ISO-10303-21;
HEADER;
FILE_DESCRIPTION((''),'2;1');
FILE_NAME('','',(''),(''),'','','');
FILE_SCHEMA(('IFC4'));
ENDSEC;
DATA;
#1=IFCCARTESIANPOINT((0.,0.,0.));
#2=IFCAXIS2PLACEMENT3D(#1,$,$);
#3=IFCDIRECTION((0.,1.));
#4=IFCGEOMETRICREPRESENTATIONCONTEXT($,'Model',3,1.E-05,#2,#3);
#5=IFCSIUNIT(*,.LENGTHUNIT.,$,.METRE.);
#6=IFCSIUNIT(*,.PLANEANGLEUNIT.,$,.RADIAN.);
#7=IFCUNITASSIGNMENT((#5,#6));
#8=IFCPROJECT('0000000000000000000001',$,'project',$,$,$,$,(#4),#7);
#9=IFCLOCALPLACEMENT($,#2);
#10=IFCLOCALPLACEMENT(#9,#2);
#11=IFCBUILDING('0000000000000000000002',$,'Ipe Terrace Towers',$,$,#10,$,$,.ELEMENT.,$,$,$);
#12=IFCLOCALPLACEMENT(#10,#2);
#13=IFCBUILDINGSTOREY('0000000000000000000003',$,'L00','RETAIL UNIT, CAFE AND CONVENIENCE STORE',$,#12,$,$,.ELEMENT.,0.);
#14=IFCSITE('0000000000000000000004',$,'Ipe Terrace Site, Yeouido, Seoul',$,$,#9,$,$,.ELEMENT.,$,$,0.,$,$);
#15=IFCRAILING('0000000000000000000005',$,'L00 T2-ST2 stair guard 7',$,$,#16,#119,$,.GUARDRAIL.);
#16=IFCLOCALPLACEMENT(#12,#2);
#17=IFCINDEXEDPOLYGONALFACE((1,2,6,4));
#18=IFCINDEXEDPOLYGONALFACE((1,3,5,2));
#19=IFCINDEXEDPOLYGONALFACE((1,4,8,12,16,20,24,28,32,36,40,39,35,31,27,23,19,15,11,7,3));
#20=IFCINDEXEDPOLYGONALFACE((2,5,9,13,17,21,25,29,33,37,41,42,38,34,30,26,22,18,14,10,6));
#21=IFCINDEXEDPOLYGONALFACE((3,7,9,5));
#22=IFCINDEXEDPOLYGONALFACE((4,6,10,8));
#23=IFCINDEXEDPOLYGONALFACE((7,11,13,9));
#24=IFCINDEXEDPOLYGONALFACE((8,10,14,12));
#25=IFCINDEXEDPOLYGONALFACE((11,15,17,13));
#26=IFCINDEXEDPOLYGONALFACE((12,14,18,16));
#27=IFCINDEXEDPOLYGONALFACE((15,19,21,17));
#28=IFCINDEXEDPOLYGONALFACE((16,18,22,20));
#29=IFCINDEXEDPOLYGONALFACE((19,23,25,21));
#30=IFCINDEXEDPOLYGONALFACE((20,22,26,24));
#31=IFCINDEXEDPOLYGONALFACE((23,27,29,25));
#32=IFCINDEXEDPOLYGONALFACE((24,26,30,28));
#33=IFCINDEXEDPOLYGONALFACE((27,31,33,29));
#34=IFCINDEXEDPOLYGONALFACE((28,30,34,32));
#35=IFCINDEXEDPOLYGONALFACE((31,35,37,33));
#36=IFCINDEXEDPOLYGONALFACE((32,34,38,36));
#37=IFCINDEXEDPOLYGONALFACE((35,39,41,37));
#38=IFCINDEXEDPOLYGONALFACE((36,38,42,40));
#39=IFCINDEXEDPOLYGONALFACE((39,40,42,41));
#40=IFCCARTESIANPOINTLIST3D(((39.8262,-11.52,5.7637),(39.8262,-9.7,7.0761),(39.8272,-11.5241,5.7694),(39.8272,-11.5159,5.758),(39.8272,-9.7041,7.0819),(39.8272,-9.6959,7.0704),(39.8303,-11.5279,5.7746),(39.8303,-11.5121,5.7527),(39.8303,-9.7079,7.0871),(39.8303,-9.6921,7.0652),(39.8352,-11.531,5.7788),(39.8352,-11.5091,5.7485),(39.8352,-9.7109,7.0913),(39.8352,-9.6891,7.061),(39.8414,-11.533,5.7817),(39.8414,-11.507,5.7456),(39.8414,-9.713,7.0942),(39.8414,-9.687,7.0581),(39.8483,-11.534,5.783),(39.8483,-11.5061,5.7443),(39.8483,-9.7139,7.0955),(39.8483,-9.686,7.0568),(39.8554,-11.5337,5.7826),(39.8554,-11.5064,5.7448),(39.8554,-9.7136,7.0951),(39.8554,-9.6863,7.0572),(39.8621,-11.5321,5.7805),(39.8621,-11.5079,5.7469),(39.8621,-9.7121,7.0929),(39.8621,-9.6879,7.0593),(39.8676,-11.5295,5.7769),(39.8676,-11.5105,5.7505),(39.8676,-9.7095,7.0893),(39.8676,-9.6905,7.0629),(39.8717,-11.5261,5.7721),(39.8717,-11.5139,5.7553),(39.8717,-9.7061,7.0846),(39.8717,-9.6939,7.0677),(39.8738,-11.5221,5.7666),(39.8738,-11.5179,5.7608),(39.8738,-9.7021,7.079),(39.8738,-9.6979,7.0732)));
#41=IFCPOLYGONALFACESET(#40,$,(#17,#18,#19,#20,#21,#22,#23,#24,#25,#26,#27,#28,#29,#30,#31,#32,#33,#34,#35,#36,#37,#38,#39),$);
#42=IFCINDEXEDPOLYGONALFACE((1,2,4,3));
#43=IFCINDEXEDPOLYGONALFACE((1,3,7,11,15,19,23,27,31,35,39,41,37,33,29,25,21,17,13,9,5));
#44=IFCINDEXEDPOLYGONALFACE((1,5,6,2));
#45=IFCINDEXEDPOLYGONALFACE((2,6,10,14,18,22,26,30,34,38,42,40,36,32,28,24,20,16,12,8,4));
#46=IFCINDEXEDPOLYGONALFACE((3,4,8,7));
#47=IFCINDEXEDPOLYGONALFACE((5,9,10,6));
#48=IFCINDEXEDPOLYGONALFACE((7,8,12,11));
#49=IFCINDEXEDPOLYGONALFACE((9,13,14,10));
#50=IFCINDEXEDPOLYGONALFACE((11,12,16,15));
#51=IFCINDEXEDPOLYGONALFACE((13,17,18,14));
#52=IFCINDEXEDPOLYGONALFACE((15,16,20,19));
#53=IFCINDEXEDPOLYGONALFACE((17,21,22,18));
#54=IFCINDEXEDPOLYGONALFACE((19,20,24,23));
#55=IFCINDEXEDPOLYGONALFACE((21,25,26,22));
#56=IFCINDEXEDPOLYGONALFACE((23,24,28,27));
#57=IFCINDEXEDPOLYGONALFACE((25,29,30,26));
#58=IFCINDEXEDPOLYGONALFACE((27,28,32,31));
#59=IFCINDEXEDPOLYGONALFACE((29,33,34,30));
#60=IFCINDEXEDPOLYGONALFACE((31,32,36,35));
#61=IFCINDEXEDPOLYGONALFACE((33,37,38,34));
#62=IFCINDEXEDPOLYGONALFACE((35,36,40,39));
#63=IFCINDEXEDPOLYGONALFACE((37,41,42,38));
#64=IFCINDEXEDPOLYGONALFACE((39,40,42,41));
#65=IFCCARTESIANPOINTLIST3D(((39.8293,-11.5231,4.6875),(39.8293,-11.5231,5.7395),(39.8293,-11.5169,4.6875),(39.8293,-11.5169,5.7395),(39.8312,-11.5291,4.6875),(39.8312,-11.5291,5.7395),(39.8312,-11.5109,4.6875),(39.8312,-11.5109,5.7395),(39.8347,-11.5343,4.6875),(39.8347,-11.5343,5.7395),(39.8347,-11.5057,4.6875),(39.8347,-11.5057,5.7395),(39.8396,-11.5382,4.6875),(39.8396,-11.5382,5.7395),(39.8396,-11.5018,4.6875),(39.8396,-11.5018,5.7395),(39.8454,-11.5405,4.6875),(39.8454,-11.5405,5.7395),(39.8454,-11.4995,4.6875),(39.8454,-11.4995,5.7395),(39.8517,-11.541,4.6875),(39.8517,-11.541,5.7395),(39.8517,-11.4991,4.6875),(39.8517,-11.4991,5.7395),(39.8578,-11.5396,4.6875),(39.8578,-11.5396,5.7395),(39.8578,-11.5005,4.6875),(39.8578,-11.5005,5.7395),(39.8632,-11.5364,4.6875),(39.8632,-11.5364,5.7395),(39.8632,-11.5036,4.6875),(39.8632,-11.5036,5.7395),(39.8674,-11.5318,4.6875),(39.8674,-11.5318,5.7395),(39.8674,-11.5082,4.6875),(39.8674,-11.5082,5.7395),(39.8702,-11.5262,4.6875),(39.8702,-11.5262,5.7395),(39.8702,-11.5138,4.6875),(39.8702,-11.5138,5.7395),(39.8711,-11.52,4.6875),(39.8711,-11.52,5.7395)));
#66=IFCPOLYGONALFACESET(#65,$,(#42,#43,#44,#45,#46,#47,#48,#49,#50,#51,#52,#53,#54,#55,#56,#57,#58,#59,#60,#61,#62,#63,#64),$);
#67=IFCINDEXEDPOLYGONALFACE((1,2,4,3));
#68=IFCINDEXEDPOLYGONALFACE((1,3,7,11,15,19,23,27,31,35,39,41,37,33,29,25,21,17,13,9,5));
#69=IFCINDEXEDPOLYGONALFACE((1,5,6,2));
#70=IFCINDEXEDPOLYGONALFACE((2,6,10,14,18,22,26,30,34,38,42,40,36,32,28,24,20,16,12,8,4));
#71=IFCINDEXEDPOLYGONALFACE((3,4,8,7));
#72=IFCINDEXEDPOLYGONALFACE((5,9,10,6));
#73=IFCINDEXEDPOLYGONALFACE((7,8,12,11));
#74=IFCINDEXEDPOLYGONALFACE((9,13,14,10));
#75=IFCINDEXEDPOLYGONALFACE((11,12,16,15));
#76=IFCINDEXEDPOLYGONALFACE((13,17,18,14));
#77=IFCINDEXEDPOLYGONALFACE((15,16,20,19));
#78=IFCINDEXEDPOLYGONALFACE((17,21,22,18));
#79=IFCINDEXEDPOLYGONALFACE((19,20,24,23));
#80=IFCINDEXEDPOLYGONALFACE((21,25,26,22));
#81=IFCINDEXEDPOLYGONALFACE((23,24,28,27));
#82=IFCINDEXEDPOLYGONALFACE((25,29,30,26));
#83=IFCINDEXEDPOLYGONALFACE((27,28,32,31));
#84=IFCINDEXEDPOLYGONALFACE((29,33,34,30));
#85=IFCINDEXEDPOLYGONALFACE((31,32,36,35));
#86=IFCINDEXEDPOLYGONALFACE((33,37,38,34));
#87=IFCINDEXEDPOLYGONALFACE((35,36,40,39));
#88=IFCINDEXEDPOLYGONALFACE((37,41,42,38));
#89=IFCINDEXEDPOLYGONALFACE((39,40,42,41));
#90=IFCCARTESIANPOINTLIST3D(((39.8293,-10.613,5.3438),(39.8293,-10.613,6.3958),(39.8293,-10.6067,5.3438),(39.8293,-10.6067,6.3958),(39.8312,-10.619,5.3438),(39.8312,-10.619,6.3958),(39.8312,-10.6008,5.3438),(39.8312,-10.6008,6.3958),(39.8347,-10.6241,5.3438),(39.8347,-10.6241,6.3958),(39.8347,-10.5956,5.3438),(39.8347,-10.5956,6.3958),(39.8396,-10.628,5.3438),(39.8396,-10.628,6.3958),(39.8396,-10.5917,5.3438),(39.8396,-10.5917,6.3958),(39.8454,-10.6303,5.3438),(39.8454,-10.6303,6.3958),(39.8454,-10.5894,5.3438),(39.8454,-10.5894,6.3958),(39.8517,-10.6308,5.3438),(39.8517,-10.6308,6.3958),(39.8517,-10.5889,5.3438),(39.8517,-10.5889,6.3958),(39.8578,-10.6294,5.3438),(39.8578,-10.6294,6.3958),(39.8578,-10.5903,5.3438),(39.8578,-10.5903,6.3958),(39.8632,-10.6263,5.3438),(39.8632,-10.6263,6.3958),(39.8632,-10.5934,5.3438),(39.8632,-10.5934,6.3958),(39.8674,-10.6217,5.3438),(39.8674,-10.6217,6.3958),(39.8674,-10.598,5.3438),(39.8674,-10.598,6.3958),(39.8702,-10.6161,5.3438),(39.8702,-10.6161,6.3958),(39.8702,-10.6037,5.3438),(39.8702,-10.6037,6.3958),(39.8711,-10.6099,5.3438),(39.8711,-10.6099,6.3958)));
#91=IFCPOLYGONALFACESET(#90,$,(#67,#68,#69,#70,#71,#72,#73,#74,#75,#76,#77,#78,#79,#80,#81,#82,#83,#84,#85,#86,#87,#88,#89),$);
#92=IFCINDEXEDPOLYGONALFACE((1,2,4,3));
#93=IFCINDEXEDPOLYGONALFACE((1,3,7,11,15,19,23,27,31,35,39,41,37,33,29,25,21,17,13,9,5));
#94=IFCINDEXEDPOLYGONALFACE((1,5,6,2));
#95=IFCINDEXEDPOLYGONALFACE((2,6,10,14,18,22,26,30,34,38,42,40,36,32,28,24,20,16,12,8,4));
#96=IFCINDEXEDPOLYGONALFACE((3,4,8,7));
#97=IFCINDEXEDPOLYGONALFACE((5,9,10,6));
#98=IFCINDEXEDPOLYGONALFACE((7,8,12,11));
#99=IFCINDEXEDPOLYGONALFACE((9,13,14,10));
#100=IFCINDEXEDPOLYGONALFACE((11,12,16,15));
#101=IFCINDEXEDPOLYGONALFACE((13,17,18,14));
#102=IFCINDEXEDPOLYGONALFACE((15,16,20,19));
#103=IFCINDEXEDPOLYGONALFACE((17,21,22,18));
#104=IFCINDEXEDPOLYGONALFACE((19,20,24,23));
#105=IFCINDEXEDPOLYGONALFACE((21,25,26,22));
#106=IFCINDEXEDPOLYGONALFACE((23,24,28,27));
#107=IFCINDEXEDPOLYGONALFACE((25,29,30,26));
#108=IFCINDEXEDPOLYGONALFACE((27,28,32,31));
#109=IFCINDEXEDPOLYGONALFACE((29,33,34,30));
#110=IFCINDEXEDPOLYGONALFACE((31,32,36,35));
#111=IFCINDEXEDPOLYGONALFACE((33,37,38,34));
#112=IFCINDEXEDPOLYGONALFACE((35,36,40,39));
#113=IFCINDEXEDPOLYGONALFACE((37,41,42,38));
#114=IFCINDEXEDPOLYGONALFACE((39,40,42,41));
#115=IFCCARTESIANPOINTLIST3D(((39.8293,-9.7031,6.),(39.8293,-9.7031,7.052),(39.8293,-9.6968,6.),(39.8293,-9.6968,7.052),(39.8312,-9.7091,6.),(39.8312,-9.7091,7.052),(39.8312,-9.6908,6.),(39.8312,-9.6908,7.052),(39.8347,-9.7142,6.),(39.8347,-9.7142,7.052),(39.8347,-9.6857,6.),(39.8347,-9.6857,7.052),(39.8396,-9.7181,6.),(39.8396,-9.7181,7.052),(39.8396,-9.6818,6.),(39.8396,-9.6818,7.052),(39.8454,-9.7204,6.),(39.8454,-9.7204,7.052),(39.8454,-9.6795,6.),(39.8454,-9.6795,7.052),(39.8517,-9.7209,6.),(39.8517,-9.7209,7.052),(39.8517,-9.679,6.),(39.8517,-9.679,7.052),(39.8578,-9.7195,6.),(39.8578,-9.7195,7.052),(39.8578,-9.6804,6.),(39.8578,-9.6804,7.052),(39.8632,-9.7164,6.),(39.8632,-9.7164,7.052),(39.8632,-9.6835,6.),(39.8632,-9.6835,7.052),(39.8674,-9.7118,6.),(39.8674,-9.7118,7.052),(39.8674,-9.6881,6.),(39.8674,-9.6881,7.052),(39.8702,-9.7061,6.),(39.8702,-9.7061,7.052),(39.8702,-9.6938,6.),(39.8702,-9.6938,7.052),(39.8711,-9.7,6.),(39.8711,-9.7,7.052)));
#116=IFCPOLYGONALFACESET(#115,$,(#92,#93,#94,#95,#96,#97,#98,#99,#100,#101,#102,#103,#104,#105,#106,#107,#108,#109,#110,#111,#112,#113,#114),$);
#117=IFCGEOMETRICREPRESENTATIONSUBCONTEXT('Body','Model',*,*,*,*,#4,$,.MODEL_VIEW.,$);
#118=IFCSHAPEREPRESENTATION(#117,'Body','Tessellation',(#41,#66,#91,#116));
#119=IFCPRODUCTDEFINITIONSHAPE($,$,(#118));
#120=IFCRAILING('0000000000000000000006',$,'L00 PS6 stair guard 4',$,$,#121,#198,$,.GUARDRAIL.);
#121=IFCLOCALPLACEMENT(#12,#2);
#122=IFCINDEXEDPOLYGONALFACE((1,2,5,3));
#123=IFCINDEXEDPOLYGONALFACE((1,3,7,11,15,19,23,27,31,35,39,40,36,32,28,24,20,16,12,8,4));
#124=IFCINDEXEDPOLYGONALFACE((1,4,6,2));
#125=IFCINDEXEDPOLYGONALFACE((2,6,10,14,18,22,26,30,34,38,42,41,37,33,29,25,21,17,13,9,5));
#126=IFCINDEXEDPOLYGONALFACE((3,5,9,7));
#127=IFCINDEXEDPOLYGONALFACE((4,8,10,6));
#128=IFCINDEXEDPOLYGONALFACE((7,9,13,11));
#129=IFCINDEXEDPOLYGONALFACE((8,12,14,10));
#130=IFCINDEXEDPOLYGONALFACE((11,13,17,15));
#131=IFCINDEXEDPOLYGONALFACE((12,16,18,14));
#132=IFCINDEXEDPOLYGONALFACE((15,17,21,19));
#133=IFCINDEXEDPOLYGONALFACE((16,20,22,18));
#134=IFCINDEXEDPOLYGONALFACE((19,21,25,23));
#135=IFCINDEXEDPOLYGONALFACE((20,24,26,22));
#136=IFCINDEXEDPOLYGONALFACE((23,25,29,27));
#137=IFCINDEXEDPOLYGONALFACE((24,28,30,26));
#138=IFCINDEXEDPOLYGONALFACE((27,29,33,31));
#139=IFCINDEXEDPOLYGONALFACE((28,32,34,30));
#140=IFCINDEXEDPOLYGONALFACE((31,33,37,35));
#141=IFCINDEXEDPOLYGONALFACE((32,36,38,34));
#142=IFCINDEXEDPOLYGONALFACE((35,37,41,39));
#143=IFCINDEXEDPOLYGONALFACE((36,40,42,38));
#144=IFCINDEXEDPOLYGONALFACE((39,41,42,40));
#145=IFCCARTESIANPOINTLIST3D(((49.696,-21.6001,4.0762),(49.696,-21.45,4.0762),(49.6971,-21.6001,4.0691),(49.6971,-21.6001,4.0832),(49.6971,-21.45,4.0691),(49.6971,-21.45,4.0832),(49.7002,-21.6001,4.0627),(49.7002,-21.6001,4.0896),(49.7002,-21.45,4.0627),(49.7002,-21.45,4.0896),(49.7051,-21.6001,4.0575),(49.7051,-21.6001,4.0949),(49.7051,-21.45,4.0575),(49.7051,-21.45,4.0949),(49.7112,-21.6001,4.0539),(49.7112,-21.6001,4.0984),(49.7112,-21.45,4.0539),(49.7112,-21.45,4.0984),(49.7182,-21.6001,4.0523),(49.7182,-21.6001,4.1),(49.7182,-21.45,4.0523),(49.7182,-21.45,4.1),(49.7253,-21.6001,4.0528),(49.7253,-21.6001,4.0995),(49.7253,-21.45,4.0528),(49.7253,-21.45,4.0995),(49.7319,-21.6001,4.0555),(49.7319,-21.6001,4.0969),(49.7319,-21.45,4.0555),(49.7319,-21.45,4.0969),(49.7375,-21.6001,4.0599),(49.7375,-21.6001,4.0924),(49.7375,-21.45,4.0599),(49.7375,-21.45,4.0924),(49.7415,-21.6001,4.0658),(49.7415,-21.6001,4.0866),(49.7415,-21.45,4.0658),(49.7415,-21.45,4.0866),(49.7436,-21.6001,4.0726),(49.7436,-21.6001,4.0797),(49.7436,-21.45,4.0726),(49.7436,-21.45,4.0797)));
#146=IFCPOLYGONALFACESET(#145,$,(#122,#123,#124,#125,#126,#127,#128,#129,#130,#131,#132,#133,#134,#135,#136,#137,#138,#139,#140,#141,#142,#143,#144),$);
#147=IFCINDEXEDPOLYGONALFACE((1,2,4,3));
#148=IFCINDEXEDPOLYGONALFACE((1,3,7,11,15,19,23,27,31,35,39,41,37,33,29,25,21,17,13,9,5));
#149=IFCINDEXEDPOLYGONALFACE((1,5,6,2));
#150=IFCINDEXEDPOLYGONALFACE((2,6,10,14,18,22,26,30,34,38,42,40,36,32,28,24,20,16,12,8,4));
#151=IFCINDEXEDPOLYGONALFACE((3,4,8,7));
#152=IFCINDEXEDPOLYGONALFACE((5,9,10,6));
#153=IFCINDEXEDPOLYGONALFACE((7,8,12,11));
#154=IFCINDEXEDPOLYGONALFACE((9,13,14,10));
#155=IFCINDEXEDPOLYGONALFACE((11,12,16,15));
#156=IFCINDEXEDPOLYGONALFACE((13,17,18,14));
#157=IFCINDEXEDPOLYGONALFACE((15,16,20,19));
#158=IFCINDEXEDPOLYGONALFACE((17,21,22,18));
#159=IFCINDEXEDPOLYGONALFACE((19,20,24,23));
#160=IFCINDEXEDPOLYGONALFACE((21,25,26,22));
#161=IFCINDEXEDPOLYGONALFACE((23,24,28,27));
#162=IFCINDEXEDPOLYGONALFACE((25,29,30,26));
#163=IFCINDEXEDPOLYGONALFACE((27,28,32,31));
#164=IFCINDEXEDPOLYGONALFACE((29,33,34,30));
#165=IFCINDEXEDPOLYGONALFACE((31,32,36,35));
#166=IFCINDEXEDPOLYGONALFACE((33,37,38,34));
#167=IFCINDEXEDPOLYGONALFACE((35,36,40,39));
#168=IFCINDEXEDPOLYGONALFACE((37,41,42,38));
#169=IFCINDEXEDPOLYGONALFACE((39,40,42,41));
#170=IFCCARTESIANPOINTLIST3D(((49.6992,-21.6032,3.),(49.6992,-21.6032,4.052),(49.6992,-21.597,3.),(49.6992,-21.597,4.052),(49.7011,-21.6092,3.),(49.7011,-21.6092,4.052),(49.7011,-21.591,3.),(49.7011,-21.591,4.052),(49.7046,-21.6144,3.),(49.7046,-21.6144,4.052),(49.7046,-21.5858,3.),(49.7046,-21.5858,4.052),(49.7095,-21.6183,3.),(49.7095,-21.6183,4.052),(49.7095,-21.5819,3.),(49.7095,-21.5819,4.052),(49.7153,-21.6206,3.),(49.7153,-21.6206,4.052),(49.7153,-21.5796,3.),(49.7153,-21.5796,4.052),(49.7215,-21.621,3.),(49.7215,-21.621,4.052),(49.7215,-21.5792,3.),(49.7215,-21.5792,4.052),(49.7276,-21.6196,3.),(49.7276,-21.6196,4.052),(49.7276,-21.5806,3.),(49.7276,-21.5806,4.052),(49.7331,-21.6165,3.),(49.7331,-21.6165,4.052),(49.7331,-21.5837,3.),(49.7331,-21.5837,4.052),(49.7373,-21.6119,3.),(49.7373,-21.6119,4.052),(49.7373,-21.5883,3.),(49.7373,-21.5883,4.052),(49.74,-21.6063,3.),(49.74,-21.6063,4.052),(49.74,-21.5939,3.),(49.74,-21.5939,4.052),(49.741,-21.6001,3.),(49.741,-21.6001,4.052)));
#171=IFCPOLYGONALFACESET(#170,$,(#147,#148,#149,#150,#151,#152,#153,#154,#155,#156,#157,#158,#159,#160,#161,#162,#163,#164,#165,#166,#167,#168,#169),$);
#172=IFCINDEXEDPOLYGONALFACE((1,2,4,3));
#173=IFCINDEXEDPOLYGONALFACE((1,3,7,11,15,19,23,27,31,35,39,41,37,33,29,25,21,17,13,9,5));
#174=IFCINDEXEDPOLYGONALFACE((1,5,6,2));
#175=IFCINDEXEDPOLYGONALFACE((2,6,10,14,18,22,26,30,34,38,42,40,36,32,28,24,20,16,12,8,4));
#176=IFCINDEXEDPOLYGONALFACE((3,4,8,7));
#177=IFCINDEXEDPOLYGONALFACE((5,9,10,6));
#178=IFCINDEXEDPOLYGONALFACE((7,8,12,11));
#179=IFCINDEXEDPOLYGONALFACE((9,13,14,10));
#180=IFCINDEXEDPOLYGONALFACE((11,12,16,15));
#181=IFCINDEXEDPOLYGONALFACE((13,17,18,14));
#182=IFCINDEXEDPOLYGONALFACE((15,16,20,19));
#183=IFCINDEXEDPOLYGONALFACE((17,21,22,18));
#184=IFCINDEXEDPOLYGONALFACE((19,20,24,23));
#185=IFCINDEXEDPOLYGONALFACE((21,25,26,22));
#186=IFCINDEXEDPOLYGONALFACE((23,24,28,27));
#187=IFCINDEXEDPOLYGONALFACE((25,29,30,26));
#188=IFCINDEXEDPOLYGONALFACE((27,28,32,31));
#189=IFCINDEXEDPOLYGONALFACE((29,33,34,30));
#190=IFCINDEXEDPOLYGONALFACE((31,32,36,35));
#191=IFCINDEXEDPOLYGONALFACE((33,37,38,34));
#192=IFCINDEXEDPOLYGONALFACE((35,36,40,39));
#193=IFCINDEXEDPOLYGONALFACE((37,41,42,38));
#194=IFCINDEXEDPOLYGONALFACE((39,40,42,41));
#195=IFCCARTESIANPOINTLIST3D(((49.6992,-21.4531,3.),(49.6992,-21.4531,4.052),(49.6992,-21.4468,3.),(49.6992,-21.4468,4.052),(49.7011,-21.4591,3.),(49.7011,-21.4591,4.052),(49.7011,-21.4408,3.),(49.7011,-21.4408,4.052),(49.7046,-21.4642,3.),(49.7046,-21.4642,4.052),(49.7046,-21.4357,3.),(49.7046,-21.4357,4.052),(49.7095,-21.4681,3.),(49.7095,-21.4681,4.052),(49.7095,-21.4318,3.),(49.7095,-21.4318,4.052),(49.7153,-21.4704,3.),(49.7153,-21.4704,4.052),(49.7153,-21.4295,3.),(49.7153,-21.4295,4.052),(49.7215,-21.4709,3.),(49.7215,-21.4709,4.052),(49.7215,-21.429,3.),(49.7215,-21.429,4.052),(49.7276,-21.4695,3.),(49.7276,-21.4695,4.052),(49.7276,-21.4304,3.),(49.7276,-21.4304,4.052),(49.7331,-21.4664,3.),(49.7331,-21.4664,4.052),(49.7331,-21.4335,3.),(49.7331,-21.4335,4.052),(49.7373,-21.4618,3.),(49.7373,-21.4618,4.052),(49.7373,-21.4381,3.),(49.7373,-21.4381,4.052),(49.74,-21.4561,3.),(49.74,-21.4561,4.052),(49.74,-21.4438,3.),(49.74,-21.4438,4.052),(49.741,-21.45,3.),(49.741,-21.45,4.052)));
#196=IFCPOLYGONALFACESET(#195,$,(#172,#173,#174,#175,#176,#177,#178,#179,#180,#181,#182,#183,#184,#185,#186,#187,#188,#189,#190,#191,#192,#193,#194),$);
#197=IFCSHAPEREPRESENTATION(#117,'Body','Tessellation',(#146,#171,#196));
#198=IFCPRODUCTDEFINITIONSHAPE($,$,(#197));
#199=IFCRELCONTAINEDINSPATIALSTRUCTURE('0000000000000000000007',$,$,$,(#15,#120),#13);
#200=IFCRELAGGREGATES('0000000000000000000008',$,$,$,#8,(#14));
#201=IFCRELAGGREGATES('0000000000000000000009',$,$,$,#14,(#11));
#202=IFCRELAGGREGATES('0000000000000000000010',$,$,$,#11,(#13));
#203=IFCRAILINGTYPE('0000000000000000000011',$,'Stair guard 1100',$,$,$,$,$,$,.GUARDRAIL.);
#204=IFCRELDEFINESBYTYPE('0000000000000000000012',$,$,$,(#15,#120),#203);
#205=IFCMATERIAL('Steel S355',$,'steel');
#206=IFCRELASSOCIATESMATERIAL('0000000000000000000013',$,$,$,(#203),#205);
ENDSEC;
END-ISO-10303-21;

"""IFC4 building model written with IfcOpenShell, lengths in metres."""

from ifc_helpers import new_model, si_unit, direction, frame, origin, origin_2d, place, context, subcontext, project, spatial, circle, extrude, material, type_object, element, save


model = new_model("IFC4")

# Units and contexts
model_context = context("Model", 3, precision=1e-05, world=origin(), true_north=direction((0.0, 1.0)))
body_context = subcontext(model_context, "Body", "Model", "MODEL_VIEW")
ifc_project = project(units=[si_unit("LENGTHUNIT", "METRE"), si_unit("PLANEANGLEUNIT", "RADIAN")], contexts=[model_context])

# Site, building, storey
site_placement = place(None, origin())
site = spatial("IfcSite", under=ifc_project, at=site_placement, Name="Ipe Terrace Site, Yeouido, Seoul", CompositionType="ELEMENT", RefElevation=0.0)
building_placement = place(site_placement, origin())
building = spatial("IfcBuilding", under=site, at=building_placement, Name="Ipe Terrace Towers", CompositionType="ELEMENT")
storey_placement = place(building_placement, origin())
storey = spatial("IfcBuildingStorey", under=building, at=storey_placement, Name="L00", Description="RETAIL UNIT, CAFE AND CONVENIENCE STORE", CompositionType="ELEMENT", Elevation=0.0)

# Railings
ifc_material_1 = material(Name="Steel S355", Category="steel")
railing_type_1 = type_object("IfcRailingType", Name="Stair guard 1100", PredefinedType="GUARDRAIL", material=ifc_material_1)
railing_1_placement = place(storey_placement, frame((39.8501, -11.52, 4.6875)))
element("IfcRailing", 1, at=railing_1_placement, inside=storey, type_object=railing_type_1, Name="L00 T2-ST2 stair guard 7", PredefinedType="GUARDRAIL", context=body_context, shape_type="SweptSolid", body=[
    extrude(circle(Radius=0.0239, at=origin_2d()), frame((0.0, 0.0, 1.0762), z_axis=(0.0, 0.811101, 0.584906), x_axis=(-1.0, 0.0, 0.0)), (0.0, 0.0, 1.0), 2.2439),
    extrude(circle(Radius=0.021, at=origin_2d()), origin(), (0.0, 0.0, 1.0), 1.052),
    extrude(circle(Radius=0.021, at=origin_2d()), frame((0.0, 0.9102, 0.6562)), (0.0, 0.0, 1.0), 1.052),
    extrude(circle(Radius=0.021, at=origin_2d()), frame((0.0, 1.8201, 1.3125)), (0.0, 0.0, 1.0), 1.052),
])
for number, where, name in (
    (2, (49.72, -21.6001, 3.0), "L00 PS6 stair guard 4"),
):
    element("IfcRailing", number, at=place(storey_placement, frame(where)), inside=storey, type_object=railing_type_1, Name=name, PredefinedType="GUARDRAIL", context=body_context, shape_type="SweptSolid", body=[
        extrude(circle(Radius=0.0239, at=origin_2d()), frame((0.0, 0.0, 1.0762), z_axis=(0.0, 1.0, 0.0), x_axis=(-1.0, 0.0, 0.0)), (0.0, 0.0, 1.0), 0.1501),
        extrude(circle(Radius=0.021, at=origin_2d()), origin(), (0.0, 0.0, 1.0), 1.052),
        extrude(circle(Radius=0.021, at=origin_2d()), frame((0.0, 0.1501, 0.0)), (0.0, 0.0, 1.0), 1.052),
    ])

save(model, "model.ifc")
